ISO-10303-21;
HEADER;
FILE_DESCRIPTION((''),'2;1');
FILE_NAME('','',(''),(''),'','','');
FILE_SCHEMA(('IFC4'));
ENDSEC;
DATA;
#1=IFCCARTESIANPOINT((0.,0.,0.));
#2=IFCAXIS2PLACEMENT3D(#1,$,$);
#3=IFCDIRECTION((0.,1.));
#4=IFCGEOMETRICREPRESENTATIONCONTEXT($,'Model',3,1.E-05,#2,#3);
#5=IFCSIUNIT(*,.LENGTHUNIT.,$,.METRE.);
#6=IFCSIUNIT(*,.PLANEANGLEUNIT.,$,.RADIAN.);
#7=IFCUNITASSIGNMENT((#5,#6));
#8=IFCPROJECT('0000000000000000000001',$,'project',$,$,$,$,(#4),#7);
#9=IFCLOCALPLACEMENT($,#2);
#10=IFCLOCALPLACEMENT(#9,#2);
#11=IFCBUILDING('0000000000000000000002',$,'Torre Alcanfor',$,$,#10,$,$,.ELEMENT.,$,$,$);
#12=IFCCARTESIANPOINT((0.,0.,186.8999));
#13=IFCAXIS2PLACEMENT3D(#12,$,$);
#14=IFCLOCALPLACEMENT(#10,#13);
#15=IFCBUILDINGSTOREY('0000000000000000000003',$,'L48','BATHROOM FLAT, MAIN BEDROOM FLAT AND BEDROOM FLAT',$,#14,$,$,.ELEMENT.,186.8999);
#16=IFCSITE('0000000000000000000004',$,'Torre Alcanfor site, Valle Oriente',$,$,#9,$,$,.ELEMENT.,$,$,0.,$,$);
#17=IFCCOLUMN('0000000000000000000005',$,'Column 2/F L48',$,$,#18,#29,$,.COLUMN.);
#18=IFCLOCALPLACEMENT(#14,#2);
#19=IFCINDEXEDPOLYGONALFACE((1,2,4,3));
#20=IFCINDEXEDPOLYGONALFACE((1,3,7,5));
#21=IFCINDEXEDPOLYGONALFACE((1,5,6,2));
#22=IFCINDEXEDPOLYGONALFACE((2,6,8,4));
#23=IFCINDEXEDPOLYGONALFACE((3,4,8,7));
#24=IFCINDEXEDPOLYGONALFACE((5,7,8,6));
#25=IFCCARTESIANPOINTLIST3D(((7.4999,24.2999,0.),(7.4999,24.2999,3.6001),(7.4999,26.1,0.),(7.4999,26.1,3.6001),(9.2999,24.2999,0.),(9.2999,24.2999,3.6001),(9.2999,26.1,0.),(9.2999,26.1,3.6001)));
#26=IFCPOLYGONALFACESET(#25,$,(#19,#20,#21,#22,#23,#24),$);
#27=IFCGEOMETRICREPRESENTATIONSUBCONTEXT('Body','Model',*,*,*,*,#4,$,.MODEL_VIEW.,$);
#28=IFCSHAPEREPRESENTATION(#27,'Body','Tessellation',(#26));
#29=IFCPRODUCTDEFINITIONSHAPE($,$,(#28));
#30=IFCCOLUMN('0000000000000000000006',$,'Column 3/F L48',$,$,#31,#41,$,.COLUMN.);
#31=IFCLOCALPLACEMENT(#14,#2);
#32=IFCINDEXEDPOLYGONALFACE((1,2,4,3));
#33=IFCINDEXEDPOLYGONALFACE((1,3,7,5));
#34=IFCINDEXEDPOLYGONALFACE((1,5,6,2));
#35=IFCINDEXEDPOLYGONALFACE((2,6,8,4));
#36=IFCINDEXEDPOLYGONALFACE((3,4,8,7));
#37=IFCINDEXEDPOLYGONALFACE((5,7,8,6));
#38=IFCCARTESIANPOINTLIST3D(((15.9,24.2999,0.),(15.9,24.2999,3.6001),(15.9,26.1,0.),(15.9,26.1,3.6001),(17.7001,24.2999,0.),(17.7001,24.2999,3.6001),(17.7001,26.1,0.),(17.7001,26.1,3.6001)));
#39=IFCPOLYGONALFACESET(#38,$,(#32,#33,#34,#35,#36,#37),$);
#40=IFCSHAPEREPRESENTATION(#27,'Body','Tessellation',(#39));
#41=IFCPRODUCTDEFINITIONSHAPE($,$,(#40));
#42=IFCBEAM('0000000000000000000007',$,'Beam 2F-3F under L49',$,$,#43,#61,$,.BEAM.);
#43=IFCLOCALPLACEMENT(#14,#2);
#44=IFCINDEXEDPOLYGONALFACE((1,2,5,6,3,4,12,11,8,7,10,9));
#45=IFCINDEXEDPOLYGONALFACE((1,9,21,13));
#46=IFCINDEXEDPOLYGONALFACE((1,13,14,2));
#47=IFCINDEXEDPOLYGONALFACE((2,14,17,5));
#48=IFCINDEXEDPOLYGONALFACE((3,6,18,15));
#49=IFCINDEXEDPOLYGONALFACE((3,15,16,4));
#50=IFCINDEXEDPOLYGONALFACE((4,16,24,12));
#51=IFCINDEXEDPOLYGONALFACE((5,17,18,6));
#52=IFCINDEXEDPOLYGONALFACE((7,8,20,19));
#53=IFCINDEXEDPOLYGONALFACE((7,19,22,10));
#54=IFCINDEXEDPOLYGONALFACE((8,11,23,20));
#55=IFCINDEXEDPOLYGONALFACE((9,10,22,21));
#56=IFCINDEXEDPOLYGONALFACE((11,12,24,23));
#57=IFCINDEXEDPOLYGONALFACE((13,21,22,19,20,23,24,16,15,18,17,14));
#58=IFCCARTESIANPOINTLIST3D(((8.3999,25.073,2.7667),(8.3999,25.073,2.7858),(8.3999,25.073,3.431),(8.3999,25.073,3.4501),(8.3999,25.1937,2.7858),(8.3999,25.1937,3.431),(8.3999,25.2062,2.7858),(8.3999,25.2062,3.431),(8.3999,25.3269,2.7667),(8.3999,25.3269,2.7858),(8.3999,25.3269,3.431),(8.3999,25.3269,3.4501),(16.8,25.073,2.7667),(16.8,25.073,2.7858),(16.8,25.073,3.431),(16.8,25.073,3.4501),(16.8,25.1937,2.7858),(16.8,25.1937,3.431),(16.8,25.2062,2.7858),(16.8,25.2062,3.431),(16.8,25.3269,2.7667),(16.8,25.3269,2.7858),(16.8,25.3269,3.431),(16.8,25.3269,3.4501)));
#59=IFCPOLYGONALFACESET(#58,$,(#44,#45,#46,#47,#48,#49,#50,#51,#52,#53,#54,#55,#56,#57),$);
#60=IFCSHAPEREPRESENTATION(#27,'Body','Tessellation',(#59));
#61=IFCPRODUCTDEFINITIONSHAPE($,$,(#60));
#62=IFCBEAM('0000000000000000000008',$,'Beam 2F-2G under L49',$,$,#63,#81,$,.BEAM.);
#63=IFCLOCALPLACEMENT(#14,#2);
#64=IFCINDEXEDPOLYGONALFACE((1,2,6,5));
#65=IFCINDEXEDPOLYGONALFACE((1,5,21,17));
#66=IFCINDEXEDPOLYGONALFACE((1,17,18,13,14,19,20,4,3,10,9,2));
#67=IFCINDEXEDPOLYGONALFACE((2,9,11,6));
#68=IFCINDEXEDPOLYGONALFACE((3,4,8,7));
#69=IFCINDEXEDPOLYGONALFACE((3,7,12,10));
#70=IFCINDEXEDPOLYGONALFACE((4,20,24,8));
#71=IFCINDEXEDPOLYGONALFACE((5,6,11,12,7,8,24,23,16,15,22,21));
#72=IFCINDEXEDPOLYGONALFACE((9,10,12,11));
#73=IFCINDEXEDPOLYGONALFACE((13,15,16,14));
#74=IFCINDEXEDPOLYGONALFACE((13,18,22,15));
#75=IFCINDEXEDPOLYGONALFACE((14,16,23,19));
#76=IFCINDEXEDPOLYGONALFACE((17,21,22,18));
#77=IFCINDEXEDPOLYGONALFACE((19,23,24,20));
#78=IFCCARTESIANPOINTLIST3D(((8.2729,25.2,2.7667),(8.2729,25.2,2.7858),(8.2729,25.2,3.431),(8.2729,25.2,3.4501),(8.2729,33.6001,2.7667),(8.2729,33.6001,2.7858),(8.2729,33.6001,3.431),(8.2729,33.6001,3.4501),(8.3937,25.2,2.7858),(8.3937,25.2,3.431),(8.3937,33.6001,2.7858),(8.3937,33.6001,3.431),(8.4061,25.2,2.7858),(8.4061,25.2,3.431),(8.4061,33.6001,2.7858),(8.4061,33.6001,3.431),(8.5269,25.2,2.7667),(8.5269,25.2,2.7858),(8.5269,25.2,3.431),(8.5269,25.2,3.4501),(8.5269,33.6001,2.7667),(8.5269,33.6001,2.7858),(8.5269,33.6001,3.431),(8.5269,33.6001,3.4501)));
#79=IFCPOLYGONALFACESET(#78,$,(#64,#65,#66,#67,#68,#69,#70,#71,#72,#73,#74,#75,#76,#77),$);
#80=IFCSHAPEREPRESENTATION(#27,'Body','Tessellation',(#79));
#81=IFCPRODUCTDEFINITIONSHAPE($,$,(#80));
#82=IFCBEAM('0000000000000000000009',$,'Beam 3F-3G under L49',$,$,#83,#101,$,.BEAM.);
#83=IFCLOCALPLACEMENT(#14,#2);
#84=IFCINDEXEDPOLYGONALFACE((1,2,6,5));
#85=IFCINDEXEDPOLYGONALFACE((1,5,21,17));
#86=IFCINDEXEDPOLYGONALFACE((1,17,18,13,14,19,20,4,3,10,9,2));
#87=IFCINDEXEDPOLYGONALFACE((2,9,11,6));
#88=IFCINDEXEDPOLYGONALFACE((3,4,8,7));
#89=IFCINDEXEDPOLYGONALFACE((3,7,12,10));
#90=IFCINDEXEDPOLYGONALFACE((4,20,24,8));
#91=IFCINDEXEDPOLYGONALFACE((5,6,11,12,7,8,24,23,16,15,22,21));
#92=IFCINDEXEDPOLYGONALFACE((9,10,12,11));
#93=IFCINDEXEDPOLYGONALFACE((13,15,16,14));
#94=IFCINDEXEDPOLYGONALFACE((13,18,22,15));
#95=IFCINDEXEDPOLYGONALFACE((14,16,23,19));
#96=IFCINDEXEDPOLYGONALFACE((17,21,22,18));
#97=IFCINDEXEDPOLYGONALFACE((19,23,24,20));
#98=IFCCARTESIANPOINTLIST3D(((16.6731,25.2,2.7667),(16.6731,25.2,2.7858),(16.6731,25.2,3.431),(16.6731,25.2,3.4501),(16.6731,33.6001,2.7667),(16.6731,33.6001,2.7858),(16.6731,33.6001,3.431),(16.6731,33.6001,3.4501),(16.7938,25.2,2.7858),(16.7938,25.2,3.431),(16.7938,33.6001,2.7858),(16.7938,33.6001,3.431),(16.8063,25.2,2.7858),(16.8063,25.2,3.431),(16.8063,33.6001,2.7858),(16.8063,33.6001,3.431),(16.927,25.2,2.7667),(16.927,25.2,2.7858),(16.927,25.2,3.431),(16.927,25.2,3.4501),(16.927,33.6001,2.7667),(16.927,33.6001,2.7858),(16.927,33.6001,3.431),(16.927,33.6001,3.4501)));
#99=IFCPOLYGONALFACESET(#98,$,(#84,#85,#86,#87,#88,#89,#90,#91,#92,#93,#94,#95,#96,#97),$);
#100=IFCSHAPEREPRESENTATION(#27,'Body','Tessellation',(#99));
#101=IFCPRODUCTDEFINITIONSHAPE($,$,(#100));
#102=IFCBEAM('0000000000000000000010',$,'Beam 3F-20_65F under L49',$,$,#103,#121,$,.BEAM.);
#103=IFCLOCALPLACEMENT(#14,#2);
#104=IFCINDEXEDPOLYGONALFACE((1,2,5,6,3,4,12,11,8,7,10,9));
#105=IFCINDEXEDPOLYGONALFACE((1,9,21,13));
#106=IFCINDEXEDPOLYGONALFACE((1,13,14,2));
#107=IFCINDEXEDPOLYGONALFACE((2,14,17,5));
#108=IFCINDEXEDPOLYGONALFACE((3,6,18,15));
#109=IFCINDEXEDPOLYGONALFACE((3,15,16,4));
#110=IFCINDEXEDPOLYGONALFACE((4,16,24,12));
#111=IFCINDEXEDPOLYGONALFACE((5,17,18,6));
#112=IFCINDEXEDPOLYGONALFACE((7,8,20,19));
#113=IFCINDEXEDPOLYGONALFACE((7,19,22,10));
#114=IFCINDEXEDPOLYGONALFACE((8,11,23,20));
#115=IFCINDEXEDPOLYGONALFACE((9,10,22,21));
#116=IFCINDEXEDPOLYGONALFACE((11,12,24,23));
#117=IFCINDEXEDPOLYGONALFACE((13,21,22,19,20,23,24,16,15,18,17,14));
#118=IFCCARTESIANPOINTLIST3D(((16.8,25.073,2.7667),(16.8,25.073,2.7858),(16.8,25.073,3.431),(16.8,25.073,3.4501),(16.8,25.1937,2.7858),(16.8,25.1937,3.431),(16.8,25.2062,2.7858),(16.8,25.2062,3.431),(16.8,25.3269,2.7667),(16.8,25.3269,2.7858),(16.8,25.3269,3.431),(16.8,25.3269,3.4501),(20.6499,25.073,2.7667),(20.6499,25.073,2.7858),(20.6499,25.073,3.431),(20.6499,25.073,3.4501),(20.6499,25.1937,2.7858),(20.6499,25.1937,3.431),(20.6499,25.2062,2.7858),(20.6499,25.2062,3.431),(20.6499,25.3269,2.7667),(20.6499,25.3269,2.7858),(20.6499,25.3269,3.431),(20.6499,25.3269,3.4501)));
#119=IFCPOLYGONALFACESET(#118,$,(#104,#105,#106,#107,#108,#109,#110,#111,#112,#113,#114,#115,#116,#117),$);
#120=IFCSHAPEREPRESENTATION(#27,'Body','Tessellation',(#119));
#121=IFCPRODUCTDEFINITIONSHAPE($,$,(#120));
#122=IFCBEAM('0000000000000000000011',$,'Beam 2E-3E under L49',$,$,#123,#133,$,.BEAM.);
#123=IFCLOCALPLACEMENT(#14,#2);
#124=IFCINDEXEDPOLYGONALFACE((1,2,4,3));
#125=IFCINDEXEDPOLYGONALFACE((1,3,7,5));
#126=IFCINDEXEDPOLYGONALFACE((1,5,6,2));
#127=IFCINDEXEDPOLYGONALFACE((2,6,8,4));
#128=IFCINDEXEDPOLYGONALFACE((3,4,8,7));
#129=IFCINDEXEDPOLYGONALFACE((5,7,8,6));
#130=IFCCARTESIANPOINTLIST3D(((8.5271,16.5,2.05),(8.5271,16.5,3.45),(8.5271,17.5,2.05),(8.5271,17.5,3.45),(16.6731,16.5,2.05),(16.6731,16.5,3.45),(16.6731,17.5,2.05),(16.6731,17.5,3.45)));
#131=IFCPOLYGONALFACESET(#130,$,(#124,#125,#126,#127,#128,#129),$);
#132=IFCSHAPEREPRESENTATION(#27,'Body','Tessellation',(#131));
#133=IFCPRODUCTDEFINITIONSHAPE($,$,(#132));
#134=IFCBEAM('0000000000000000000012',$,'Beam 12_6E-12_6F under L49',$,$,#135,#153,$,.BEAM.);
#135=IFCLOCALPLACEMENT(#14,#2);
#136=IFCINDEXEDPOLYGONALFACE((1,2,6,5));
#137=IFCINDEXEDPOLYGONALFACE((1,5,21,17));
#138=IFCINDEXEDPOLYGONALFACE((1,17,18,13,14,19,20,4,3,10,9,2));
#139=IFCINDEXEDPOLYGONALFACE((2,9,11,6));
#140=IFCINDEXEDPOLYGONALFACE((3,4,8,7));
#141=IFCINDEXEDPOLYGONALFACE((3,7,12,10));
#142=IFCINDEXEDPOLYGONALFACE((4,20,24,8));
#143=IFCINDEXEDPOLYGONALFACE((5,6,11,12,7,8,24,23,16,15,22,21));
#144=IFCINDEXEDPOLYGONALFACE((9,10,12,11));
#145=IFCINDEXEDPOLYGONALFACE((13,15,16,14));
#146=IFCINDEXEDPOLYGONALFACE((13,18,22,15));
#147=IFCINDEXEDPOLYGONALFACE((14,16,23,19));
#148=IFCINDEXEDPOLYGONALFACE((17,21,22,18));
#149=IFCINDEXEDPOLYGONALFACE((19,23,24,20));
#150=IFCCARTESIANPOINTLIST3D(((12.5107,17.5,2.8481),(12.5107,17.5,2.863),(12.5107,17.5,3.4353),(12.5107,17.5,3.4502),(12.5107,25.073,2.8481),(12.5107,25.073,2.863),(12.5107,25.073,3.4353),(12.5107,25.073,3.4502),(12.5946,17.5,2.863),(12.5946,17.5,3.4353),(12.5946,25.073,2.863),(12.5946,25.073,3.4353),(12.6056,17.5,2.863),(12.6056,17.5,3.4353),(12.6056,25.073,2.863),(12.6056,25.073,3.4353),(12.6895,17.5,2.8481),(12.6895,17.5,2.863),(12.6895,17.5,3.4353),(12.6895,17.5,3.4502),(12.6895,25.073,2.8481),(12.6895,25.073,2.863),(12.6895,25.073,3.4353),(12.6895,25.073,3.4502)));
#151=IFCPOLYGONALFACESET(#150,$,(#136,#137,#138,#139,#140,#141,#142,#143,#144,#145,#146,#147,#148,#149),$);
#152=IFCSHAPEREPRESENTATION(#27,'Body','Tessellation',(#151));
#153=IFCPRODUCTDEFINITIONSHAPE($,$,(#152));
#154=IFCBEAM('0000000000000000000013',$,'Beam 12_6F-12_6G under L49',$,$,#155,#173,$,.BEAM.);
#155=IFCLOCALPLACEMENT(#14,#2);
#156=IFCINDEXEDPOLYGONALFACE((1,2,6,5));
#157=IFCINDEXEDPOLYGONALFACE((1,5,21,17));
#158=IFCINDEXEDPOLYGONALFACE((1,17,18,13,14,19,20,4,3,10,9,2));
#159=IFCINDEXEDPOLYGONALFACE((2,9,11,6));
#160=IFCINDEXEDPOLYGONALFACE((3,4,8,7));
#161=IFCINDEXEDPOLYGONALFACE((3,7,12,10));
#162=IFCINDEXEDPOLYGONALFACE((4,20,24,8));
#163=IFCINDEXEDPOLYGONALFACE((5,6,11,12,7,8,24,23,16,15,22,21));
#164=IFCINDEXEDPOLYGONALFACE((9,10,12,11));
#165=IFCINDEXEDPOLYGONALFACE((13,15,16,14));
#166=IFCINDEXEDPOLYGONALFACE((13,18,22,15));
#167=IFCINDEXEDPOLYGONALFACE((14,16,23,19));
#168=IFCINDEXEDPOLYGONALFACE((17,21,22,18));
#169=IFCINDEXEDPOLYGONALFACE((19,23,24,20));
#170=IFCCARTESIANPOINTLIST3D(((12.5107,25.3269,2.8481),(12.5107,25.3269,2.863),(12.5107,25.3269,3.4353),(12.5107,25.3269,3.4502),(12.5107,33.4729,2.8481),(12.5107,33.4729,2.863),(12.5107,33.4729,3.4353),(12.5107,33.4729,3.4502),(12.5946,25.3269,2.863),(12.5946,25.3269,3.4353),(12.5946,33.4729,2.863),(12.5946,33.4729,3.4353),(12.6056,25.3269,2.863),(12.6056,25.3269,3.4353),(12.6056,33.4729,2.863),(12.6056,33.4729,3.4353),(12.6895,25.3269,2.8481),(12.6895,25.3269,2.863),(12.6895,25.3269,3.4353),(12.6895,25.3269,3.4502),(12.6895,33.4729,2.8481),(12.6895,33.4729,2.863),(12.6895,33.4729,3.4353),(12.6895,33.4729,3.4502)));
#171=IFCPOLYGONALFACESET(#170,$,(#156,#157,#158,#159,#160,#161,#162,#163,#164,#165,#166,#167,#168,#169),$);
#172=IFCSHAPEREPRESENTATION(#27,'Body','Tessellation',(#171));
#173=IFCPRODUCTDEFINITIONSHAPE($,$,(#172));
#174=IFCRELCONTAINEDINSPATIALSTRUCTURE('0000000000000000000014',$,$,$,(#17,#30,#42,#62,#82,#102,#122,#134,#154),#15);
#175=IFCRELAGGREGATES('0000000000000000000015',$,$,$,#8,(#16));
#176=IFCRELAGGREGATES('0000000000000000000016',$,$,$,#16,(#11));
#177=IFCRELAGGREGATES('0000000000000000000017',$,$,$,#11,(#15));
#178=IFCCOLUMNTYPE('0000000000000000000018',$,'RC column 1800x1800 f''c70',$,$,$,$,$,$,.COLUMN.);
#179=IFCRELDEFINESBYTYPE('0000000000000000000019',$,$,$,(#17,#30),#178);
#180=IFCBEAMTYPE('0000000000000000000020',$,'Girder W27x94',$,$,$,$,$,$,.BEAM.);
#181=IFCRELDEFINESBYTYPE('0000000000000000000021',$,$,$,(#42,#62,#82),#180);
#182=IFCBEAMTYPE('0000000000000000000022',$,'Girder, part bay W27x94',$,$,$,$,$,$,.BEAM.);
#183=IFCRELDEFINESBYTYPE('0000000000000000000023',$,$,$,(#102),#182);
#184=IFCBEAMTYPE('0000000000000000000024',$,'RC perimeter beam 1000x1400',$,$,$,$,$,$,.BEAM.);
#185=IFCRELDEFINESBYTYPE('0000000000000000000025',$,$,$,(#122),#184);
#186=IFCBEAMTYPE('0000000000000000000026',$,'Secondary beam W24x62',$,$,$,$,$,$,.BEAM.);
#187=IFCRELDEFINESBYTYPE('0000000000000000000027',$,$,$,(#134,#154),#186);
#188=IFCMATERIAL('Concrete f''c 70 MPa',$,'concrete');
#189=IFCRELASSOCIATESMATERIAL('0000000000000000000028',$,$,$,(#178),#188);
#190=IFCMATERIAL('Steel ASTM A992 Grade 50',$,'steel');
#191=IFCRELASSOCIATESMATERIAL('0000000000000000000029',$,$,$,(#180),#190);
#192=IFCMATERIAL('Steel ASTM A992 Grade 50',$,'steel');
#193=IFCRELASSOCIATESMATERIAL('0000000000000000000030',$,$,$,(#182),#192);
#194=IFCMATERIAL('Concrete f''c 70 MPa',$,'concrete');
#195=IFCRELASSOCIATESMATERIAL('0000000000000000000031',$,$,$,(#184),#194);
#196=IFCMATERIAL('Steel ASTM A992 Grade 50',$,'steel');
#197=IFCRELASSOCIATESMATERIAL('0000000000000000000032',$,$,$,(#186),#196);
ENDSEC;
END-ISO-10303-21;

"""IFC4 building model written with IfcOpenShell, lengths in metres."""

from ifc_helpers import new_model, si_unit, direction, frame, origin, origin_2d, place, context, subcontext, project, spatial, rectangle, i_section, extrude, material, material_profile, profile_set, type_object, element, save


model = new_model("IFC4")

# Units and contexts
model_context = context("Model", 3, precision=1e-05, world=origin(), true_north=direction((0.0, 1.0)))
body_context = subcontext(model_context, "Body", "Model", "MODEL_VIEW")
ifc_project = project(units=[si_unit("LENGTHUNIT", "METRE"), si_unit("PLANEANGLEUNIT", "RADIAN")], contexts=[model_context])

# Site, building, storey
site_placement = place(None, origin())
site = spatial("IfcSite", under=ifc_project, at=site_placement, Name="Torre Alcanfor site, Valle Oriente", CompositionType="ELEMENT", RefElevation=0.0)
building_placement = place(site_placement, origin())
building = spatial("IfcBuilding", under=site, at=building_placement, Name="Torre Alcanfor", CompositionType="ELEMENT")
storey_placement = place(building_placement, frame((0.0, 0.0, 186.8999)))
storey = spatial("IfcBuildingStorey", under=building, at=storey_placement, Name="L48", Description="BATHROOM FLAT, MAIN BEDROOM FLAT AND BEDROOM FLAT", CompositionType="ELEMENT", Elevation=186.8999)

# Columns
ifc_material_1 = material(Name="Concrete f'c 70 MPa", Category="concrete")
ifc_material_profile_1 = material_profile(ifc_material_1, rectangle(XDim=1.8, YDim=1.8, at=origin_2d()), Name="1800x1800")
ifc_profile_set_1 = profile_set([ifc_material_profile_1], Name="Concrete f'c 70 MPa")
column_type = type_object("IfcColumnType", Name="RC column 1800x1800 f'c70", PredefinedType="COLUMN", material=ifc_profile_set_1)
for number, where, z_axis, x_axis, name in (
    (1, (8.3999, 25.2, 0.0), (0.0, 0.0, 1.0), (1.0, 0.0, 0.0), "Column 2/F L48"),
    (2, (16.8, 25.2, 0.0), (0.0, 0.0, 1.0), (1.0, 0.0, 0.0), "Column 3/F L48"),
):
    element("IfcColumn", number, at=place(storey_placement, frame(where, z_axis=z_axis, x_axis=x_axis)), inside=storey, type_object=column_type, Name=name, PredefinedType="COLUMN", context=body_context, shape_type="SweptSolid", body=[
        extrude(rectangle(XDim=1.8, YDim=1.8, at=origin_2d()), origin(), (0.0, 0.0, 1.0), 3.6001),
    ])

# Beams
ifc_material_2 = material(Name="Steel ASTM A992 Grade 50", Category="steel")
ifc_material_profile_2 = material_profile(ifc_material_2, i_section(OverallWidth=0.2539, OverallDepth=0.6833, WebThickness=0.0125, FlangeThickness=0.019, at=origin_2d()), Name="W27x94")
ifc_profile_set_2 = profile_set([ifc_material_profile_2], Name="Steel ASTM A992 Grade 50")
beam_type_1 = type_object("IfcBeamType", Name="Girder W27x94", PredefinedType="BEAM", material=ifc_profile_set_2)
for number, where, z_axis, x_axis, name in (
    (3, (8.3999, 25.2, 3.1084), (1.0, 0.0, 0.0), (0.0, 1.0, 0.0), "Beam 2F-3F under L49"),
    (4, (8.3999, 25.2, 3.1084), (0.0, 1.0, 0.0), (-1.0, 0.0, 0.0), "Beam 2F-2G under L49"),
    (5, (16.8, 25.2, 3.1084), (0.0, 1.0, 0.0), (-1.0, 0.0, 0.0), "Beam 3F-3G under L49"),
):
    element("IfcBeam", number, at=place(storey_placement, frame(where, z_axis=z_axis, x_axis=x_axis)), inside=storey, type_object=beam_type_1, Name=name, PredefinedType="BEAM", context=body_context, shape_type="SweptSolid", body=[
        extrude(i_section(OverallWidth=0.2539, OverallDepth=0.6833, WebThickness=0.0125, FlangeThickness=0.019, at=origin_2d()), origin(), (0.0, 0.0, 1.0), 8.4001),
    ])
ifc_material_3 = material(Name="Steel ASTM A992 Grade 50", Category="steel")
ifc_material_profile_3 = material_profile(ifc_material_3, i_section(OverallWidth=0.2539, OverallDepth=0.6833, WebThickness=0.0125, FlangeThickness=0.019, at=origin_2d()), Name="W27x94")
ifc_profile_set_3 = profile_set([ifc_material_profile_3], Name="Steel ASTM A992 Grade 50")
beam_type_2 = type_object("IfcBeamType", Name="Girder, part bay W27x94", PredefinedType="BEAM", material=ifc_profile_set_3)
beam_1_placement = place(storey_placement, frame((16.8, 25.2, 3.1084), z_axis=(1.0, 0.0, 0.0), x_axis=(0.0, 1.0, 0.0)))
element("IfcBeam", 6, at=beam_1_placement, inside=storey, type_object=beam_type_2, Name="Beam 3F-20_65F under L49", PredefinedType="BEAM", context=body_context, shape_type="SweptSolid", body=[
    extrude(i_section(OverallWidth=0.2539, OverallDepth=0.6833, WebThickness=0.0125, FlangeThickness=0.019, at=origin_2d()), origin(), (0.0, 0.0, 1.0), 3.8499),
])
ifc_material_4 = material(Name="Concrete f'c 70 MPa", Category="concrete")
ifc_material_profile_4 = material_profile(ifc_material_4, rectangle(XDim=1.0, YDim=1.3999, at=origin_2d()), Name="1000x1400")
ifc_profile_set_4 = profile_set([ifc_material_profile_4], Name="Concrete f'c 70 MPa")
beam_type_3 = type_object("IfcBeamType", Name="RC perimeter beam 1000x1400", PredefinedType="BEAM", material=ifc_profile_set_4)
beam_2_placement = place(storey_placement, frame((8.5271, 17.0, 2.75), z_axis=(1.0, 0.0, 0.0), x_axis=(0.0, 1.0, 0.0)))
element("IfcBeam", 7, at=beam_2_placement, inside=storey, type_object=beam_type_3, Name="Beam 2E-3E under L49", PredefinedType="BEAM", context=body_context, shape_type="SweptSolid", body=[
    extrude(rectangle(XDim=1.0, YDim=1.3999, at=origin_2d()), origin(), (0.0, 0.0, 1.0), 8.146),
])
ifc_material_5 = material(Name="Steel ASTM A992 Grade 50", Category="steel")
ifc_material_profile_5 = material_profile(ifc_material_5, i_section(OverallWidth=0.1787, OverallDepth=0.6021, WebThickness=0.011, FlangeThickness=0.0149, at=origin_2d()), Name="W24x62")
ifc_profile_set_5 = profile_set([ifc_material_profile_5], Name="Steel ASTM A992 Grade 50")
beam_type_4 = type_object("IfcBeamType", Name="Secondary beam W24x62", PredefinedType="BEAM", material=ifc_profile_set_5)
beam_3_placement = place(storey_placement, frame((12.6001, 17.5, 3.1492), z_axis=(0.0, 1.0, 0.0), x_axis=(-1.0, 0.0, 0.0)))
element("IfcBeam", 8, at=beam_3_placement, inside=storey, type_object=beam_type_4, Name="Beam 12_6E-12_6F under L49", PredefinedType="BEAM", context=body_context, shape_type="SweptSolid", body=[
    extrude(i_section(OverallWidth=0.1787, OverallDepth=0.6021, WebThickness=0.011, FlangeThickness=0.0149, at=origin_2d()), origin(), (0.0, 0.0, 1.0), 7.573),
])
beam_4_placement = place(storey_placement, frame((12.6001, 25.3269, 3.1492), z_axis=(0.0, 1.0, 0.0), x_axis=(-1.0, 0.0, 0.0)))
element("IfcBeam", 9, at=beam_4_placement, inside=storey, type_object=beam_type_4, Name="Beam 12_6F-12_6G under L49", PredefinedType="BEAM", context=body_context, shape_type="SweptSolid", body=[
    extrude(i_section(OverallWidth=0.1787, OverallDepth=0.6021, WebThickness=0.011, FlangeThickness=0.0149, at=origin_2d()), origin(), (0.0, 0.0, 1.0), 8.146),
])

save(model, "model.ifc")
